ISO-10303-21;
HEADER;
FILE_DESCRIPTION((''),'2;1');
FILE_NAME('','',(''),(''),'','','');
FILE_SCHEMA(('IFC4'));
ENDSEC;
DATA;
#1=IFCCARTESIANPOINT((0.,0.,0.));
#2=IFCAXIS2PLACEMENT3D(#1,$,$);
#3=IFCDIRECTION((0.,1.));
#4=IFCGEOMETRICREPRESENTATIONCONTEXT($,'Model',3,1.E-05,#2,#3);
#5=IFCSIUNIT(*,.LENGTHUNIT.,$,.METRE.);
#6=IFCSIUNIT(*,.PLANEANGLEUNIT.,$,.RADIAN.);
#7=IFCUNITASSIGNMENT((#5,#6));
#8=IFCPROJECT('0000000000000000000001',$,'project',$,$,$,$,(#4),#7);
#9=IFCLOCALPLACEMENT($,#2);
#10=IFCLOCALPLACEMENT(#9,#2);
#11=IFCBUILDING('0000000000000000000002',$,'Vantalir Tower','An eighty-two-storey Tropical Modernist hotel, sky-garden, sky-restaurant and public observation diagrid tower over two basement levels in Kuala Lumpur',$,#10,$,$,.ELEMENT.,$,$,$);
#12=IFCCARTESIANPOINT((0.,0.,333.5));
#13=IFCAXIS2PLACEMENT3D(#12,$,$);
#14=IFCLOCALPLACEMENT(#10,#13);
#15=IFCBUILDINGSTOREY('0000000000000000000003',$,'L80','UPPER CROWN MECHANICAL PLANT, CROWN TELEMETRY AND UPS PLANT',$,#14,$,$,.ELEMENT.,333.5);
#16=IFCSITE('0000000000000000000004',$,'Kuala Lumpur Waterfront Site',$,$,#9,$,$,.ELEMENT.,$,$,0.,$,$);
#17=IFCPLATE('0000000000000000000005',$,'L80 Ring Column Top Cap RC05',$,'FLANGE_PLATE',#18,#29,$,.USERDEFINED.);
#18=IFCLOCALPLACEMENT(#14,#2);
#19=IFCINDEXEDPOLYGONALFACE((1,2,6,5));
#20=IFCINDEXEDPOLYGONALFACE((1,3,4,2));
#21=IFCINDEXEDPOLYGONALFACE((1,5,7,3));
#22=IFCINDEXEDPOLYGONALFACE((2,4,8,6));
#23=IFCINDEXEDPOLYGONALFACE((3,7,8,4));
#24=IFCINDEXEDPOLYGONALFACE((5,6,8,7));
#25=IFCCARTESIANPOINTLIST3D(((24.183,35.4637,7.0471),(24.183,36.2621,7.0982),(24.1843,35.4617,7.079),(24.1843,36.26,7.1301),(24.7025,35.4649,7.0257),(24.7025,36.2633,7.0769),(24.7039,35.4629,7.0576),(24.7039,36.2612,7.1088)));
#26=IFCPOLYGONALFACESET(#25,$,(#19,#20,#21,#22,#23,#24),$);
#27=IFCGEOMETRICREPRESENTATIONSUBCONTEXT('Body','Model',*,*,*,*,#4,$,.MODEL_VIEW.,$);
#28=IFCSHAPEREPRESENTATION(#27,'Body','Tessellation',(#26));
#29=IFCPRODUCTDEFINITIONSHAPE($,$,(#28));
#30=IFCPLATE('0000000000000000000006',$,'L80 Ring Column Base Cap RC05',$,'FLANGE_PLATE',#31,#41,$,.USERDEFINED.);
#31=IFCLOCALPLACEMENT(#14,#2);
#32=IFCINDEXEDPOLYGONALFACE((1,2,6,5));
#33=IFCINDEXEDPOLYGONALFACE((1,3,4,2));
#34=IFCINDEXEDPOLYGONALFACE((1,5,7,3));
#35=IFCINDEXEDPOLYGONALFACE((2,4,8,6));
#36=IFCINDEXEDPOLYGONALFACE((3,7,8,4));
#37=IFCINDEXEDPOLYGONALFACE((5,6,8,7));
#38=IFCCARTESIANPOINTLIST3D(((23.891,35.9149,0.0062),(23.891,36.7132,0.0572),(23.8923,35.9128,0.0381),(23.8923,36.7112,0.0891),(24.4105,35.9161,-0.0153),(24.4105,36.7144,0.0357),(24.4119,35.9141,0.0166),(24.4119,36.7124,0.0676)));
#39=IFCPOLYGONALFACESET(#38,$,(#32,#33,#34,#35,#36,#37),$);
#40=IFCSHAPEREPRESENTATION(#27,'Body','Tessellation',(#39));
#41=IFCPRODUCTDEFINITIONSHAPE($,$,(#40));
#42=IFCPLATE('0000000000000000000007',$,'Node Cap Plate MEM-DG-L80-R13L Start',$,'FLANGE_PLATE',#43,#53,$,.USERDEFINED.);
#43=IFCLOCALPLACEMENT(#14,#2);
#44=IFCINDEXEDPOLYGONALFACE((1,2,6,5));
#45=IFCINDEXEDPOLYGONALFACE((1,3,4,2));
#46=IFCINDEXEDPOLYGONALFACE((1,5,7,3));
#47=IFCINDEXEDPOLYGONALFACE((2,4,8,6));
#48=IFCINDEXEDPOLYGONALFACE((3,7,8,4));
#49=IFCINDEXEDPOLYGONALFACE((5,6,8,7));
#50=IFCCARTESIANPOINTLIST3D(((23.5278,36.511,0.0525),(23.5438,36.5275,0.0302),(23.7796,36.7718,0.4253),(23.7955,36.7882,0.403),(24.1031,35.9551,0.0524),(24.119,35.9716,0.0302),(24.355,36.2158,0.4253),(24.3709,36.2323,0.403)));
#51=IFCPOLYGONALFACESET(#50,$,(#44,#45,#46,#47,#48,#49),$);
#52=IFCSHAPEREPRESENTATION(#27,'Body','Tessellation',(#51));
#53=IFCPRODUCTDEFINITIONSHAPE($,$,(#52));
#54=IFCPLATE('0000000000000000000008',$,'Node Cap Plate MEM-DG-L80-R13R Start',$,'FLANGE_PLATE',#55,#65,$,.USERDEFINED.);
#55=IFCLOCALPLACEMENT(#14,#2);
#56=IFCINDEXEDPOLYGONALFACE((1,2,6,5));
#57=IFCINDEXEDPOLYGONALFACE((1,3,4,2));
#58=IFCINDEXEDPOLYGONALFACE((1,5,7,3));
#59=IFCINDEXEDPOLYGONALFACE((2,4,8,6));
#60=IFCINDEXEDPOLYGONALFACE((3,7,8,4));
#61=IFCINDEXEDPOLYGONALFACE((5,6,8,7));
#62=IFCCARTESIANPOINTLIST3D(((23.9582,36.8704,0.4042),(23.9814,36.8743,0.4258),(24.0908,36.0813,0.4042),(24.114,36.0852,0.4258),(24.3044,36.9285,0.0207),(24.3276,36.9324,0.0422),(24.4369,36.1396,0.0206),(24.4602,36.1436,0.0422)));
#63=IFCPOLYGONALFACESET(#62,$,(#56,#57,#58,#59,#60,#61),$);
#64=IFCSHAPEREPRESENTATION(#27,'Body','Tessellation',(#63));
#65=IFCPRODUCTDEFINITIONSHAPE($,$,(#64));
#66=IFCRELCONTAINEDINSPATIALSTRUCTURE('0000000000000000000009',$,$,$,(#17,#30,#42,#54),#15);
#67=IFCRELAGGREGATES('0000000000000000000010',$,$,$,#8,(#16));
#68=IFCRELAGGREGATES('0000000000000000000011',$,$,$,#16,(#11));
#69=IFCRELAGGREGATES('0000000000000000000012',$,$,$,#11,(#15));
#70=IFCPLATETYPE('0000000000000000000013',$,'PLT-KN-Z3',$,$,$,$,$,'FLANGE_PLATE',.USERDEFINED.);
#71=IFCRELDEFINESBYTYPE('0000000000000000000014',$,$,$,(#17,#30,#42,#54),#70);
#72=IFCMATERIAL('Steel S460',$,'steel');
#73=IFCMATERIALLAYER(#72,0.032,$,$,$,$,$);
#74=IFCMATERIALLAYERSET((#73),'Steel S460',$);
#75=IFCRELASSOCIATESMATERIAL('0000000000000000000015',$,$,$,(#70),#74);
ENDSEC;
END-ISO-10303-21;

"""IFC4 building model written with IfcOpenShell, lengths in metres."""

from ifc_helpers import new_model, si_unit, direction, frame, origin, place, context, subcontext, project, spatial, polyline, outline, extrude, material, layer, layer_set, type_object, element, save


model = new_model("IFC4")

# Units and contexts
model_context = context("Model", 3, precision=1e-05, world=origin(), true_north=direction((0.0, 1.0)))
body_context = subcontext(model_context, "Body", "Model", "MODEL_VIEW")
ifc_project = project(units=[si_unit("LENGTHUNIT", "METRE"), si_unit("PLANEANGLEUNIT", "RADIAN")], contexts=[model_context])

# Site, building, storey
site_placement = place(None, origin())
site = spatial("IfcSite", under=ifc_project, at=site_placement, Name="Kuala Lumpur Waterfront Site", CompositionType="ELEMENT", RefElevation=0.0)
building_placement = place(site_placement, origin())
building = spatial("IfcBuilding", under=site, at=building_placement, Name="Vantalir Tower", Description="An eighty-two-storey Tropical Modernist hotel, sky-garden, sky-restaurant and public observation diagrid tower over two basement levels in Kuala Lumpur", CompositionType="ELEMENT")
storey_placement = place(building_placement, frame((0.0, 0.0, 333.5)))
storey = spatial("IfcBuildingStorey", under=building, at=storey_placement, Name="L80", Description="UPPER CROWN MECHANICAL PLANT, CROWN TELEMETRY AND UPS PLANT", CompositionType="ELEMENT", Elevation=333.5)

# Shared definitions
ifc_material_1 = material(Name="Steel S460", Category="steel")

# Plates
ifc_layer_1 = layer(ifc_material_1, 0.032)
ifc_layer_set_1 = layer_set([ifc_layer_1], Name="Steel S460")
plate_type_1 = type_object("IfcPlateType", Name="PLT-KN-Z3", ElementType="FLANGE_PLATE", PredefinedType="USERDEFINED", material=ifc_layer_set_1)
plate_1_placement = place(storey_placement, frame((24.1843, 36.26, 7.1301), z_axis=(0.04115, -0.063882, 0.997109), x_axis=(-0.000006, -0.997954, -0.063936)))
element("IfcPlate", 1, at=plate_1_placement, inside=storey, type_object=plate_type_1, Name="L80 Ring Column Top Cap RC05", ObjectType="FLANGE_PLATE", PredefinedType="USERDEFINED", context=body_context, shape_type="SweptSolid", body=[
    extrude(outline(polyline([(0.0, 0.0), (0.8, 0.0), (0.8001, 0.52), (0.0001, 0.52), (0.0, 0.0)])), origin(), (0.0, 0.0, -1.0), 0.032),
])
plate_2_placement = place(storey_placement, frame((23.8923, 36.7112, 0.0891), z_axis=(0.041384, -0.06373, 0.997109), x_axis=(0.0, -0.997964, -0.063784)))
element("IfcPlate", 2, at=plate_2_placement, inside=storey, type_object=plate_type_1, Name="L80 Ring Column Base Cap RC05", ObjectType="FLANGE_PLATE", PredefinedType="USERDEFINED", context=body_context, shape_type="SweptSolid", body=[
    extrude(outline(polyline([(0.0, 0.0), (0.8, 0.0), (0.8001, 0.52), (0.0002, 0.52), (0.0, 0.0)])), origin(), (0.0, 0.0, -1.0), 0.032),
])
plate_3_placement = place(storey_placement, frame((23.5278, 36.511, 0.0525), z_axis=(-0.498185, -0.515579, 0.697129), x_axis=(0.719097, -0.694909, -0.000053)))
element("IfcPlate", 3, at=plate_3_placement, inside=storey, type_object=plate_type_1, Name="Node Cap Plate MEM-DG-L80-R13L Start", ObjectType="FLANGE_PLATE", PredefinedType="USERDEFINED", context=body_context, shape_type="SweptSolid", body=[
    extrude(outline(polyline([(0.0, 0.0), (0.7999, 0.0), (0.7999, 0.52), (-0.0002, 0.5199), (0.0, 0.0)])), origin(), (0.0, 0.0, -1.0), 0.032),
])
plate_4_placement = place(storey_placement, frame((24.4602, 36.1436, 0.0422), z_axis=(0.727462, 0.122238, 0.675172), x_axis=(-0.165722, 0.986173, 0.000013)))
element("IfcPlate", 4, at=plate_4_placement, inside=storey, type_object=plate_type_1, Name="Node Cap Plate MEM-DG-L80-R13R Start", ObjectType="FLANGE_PLATE", PredefinedType="USERDEFINED", context=body_context, shape_type="SweptSolid", body=[
    extrude(outline(polyline([(0.0, 0.0), (0.7999, 0.0), (0.8, 0.5199), (-0.0002, 0.52), (0.0, 0.0)])), origin(), (0.0, 0.0, -1.0), 0.032),
])

save(model, "model.ifc")
